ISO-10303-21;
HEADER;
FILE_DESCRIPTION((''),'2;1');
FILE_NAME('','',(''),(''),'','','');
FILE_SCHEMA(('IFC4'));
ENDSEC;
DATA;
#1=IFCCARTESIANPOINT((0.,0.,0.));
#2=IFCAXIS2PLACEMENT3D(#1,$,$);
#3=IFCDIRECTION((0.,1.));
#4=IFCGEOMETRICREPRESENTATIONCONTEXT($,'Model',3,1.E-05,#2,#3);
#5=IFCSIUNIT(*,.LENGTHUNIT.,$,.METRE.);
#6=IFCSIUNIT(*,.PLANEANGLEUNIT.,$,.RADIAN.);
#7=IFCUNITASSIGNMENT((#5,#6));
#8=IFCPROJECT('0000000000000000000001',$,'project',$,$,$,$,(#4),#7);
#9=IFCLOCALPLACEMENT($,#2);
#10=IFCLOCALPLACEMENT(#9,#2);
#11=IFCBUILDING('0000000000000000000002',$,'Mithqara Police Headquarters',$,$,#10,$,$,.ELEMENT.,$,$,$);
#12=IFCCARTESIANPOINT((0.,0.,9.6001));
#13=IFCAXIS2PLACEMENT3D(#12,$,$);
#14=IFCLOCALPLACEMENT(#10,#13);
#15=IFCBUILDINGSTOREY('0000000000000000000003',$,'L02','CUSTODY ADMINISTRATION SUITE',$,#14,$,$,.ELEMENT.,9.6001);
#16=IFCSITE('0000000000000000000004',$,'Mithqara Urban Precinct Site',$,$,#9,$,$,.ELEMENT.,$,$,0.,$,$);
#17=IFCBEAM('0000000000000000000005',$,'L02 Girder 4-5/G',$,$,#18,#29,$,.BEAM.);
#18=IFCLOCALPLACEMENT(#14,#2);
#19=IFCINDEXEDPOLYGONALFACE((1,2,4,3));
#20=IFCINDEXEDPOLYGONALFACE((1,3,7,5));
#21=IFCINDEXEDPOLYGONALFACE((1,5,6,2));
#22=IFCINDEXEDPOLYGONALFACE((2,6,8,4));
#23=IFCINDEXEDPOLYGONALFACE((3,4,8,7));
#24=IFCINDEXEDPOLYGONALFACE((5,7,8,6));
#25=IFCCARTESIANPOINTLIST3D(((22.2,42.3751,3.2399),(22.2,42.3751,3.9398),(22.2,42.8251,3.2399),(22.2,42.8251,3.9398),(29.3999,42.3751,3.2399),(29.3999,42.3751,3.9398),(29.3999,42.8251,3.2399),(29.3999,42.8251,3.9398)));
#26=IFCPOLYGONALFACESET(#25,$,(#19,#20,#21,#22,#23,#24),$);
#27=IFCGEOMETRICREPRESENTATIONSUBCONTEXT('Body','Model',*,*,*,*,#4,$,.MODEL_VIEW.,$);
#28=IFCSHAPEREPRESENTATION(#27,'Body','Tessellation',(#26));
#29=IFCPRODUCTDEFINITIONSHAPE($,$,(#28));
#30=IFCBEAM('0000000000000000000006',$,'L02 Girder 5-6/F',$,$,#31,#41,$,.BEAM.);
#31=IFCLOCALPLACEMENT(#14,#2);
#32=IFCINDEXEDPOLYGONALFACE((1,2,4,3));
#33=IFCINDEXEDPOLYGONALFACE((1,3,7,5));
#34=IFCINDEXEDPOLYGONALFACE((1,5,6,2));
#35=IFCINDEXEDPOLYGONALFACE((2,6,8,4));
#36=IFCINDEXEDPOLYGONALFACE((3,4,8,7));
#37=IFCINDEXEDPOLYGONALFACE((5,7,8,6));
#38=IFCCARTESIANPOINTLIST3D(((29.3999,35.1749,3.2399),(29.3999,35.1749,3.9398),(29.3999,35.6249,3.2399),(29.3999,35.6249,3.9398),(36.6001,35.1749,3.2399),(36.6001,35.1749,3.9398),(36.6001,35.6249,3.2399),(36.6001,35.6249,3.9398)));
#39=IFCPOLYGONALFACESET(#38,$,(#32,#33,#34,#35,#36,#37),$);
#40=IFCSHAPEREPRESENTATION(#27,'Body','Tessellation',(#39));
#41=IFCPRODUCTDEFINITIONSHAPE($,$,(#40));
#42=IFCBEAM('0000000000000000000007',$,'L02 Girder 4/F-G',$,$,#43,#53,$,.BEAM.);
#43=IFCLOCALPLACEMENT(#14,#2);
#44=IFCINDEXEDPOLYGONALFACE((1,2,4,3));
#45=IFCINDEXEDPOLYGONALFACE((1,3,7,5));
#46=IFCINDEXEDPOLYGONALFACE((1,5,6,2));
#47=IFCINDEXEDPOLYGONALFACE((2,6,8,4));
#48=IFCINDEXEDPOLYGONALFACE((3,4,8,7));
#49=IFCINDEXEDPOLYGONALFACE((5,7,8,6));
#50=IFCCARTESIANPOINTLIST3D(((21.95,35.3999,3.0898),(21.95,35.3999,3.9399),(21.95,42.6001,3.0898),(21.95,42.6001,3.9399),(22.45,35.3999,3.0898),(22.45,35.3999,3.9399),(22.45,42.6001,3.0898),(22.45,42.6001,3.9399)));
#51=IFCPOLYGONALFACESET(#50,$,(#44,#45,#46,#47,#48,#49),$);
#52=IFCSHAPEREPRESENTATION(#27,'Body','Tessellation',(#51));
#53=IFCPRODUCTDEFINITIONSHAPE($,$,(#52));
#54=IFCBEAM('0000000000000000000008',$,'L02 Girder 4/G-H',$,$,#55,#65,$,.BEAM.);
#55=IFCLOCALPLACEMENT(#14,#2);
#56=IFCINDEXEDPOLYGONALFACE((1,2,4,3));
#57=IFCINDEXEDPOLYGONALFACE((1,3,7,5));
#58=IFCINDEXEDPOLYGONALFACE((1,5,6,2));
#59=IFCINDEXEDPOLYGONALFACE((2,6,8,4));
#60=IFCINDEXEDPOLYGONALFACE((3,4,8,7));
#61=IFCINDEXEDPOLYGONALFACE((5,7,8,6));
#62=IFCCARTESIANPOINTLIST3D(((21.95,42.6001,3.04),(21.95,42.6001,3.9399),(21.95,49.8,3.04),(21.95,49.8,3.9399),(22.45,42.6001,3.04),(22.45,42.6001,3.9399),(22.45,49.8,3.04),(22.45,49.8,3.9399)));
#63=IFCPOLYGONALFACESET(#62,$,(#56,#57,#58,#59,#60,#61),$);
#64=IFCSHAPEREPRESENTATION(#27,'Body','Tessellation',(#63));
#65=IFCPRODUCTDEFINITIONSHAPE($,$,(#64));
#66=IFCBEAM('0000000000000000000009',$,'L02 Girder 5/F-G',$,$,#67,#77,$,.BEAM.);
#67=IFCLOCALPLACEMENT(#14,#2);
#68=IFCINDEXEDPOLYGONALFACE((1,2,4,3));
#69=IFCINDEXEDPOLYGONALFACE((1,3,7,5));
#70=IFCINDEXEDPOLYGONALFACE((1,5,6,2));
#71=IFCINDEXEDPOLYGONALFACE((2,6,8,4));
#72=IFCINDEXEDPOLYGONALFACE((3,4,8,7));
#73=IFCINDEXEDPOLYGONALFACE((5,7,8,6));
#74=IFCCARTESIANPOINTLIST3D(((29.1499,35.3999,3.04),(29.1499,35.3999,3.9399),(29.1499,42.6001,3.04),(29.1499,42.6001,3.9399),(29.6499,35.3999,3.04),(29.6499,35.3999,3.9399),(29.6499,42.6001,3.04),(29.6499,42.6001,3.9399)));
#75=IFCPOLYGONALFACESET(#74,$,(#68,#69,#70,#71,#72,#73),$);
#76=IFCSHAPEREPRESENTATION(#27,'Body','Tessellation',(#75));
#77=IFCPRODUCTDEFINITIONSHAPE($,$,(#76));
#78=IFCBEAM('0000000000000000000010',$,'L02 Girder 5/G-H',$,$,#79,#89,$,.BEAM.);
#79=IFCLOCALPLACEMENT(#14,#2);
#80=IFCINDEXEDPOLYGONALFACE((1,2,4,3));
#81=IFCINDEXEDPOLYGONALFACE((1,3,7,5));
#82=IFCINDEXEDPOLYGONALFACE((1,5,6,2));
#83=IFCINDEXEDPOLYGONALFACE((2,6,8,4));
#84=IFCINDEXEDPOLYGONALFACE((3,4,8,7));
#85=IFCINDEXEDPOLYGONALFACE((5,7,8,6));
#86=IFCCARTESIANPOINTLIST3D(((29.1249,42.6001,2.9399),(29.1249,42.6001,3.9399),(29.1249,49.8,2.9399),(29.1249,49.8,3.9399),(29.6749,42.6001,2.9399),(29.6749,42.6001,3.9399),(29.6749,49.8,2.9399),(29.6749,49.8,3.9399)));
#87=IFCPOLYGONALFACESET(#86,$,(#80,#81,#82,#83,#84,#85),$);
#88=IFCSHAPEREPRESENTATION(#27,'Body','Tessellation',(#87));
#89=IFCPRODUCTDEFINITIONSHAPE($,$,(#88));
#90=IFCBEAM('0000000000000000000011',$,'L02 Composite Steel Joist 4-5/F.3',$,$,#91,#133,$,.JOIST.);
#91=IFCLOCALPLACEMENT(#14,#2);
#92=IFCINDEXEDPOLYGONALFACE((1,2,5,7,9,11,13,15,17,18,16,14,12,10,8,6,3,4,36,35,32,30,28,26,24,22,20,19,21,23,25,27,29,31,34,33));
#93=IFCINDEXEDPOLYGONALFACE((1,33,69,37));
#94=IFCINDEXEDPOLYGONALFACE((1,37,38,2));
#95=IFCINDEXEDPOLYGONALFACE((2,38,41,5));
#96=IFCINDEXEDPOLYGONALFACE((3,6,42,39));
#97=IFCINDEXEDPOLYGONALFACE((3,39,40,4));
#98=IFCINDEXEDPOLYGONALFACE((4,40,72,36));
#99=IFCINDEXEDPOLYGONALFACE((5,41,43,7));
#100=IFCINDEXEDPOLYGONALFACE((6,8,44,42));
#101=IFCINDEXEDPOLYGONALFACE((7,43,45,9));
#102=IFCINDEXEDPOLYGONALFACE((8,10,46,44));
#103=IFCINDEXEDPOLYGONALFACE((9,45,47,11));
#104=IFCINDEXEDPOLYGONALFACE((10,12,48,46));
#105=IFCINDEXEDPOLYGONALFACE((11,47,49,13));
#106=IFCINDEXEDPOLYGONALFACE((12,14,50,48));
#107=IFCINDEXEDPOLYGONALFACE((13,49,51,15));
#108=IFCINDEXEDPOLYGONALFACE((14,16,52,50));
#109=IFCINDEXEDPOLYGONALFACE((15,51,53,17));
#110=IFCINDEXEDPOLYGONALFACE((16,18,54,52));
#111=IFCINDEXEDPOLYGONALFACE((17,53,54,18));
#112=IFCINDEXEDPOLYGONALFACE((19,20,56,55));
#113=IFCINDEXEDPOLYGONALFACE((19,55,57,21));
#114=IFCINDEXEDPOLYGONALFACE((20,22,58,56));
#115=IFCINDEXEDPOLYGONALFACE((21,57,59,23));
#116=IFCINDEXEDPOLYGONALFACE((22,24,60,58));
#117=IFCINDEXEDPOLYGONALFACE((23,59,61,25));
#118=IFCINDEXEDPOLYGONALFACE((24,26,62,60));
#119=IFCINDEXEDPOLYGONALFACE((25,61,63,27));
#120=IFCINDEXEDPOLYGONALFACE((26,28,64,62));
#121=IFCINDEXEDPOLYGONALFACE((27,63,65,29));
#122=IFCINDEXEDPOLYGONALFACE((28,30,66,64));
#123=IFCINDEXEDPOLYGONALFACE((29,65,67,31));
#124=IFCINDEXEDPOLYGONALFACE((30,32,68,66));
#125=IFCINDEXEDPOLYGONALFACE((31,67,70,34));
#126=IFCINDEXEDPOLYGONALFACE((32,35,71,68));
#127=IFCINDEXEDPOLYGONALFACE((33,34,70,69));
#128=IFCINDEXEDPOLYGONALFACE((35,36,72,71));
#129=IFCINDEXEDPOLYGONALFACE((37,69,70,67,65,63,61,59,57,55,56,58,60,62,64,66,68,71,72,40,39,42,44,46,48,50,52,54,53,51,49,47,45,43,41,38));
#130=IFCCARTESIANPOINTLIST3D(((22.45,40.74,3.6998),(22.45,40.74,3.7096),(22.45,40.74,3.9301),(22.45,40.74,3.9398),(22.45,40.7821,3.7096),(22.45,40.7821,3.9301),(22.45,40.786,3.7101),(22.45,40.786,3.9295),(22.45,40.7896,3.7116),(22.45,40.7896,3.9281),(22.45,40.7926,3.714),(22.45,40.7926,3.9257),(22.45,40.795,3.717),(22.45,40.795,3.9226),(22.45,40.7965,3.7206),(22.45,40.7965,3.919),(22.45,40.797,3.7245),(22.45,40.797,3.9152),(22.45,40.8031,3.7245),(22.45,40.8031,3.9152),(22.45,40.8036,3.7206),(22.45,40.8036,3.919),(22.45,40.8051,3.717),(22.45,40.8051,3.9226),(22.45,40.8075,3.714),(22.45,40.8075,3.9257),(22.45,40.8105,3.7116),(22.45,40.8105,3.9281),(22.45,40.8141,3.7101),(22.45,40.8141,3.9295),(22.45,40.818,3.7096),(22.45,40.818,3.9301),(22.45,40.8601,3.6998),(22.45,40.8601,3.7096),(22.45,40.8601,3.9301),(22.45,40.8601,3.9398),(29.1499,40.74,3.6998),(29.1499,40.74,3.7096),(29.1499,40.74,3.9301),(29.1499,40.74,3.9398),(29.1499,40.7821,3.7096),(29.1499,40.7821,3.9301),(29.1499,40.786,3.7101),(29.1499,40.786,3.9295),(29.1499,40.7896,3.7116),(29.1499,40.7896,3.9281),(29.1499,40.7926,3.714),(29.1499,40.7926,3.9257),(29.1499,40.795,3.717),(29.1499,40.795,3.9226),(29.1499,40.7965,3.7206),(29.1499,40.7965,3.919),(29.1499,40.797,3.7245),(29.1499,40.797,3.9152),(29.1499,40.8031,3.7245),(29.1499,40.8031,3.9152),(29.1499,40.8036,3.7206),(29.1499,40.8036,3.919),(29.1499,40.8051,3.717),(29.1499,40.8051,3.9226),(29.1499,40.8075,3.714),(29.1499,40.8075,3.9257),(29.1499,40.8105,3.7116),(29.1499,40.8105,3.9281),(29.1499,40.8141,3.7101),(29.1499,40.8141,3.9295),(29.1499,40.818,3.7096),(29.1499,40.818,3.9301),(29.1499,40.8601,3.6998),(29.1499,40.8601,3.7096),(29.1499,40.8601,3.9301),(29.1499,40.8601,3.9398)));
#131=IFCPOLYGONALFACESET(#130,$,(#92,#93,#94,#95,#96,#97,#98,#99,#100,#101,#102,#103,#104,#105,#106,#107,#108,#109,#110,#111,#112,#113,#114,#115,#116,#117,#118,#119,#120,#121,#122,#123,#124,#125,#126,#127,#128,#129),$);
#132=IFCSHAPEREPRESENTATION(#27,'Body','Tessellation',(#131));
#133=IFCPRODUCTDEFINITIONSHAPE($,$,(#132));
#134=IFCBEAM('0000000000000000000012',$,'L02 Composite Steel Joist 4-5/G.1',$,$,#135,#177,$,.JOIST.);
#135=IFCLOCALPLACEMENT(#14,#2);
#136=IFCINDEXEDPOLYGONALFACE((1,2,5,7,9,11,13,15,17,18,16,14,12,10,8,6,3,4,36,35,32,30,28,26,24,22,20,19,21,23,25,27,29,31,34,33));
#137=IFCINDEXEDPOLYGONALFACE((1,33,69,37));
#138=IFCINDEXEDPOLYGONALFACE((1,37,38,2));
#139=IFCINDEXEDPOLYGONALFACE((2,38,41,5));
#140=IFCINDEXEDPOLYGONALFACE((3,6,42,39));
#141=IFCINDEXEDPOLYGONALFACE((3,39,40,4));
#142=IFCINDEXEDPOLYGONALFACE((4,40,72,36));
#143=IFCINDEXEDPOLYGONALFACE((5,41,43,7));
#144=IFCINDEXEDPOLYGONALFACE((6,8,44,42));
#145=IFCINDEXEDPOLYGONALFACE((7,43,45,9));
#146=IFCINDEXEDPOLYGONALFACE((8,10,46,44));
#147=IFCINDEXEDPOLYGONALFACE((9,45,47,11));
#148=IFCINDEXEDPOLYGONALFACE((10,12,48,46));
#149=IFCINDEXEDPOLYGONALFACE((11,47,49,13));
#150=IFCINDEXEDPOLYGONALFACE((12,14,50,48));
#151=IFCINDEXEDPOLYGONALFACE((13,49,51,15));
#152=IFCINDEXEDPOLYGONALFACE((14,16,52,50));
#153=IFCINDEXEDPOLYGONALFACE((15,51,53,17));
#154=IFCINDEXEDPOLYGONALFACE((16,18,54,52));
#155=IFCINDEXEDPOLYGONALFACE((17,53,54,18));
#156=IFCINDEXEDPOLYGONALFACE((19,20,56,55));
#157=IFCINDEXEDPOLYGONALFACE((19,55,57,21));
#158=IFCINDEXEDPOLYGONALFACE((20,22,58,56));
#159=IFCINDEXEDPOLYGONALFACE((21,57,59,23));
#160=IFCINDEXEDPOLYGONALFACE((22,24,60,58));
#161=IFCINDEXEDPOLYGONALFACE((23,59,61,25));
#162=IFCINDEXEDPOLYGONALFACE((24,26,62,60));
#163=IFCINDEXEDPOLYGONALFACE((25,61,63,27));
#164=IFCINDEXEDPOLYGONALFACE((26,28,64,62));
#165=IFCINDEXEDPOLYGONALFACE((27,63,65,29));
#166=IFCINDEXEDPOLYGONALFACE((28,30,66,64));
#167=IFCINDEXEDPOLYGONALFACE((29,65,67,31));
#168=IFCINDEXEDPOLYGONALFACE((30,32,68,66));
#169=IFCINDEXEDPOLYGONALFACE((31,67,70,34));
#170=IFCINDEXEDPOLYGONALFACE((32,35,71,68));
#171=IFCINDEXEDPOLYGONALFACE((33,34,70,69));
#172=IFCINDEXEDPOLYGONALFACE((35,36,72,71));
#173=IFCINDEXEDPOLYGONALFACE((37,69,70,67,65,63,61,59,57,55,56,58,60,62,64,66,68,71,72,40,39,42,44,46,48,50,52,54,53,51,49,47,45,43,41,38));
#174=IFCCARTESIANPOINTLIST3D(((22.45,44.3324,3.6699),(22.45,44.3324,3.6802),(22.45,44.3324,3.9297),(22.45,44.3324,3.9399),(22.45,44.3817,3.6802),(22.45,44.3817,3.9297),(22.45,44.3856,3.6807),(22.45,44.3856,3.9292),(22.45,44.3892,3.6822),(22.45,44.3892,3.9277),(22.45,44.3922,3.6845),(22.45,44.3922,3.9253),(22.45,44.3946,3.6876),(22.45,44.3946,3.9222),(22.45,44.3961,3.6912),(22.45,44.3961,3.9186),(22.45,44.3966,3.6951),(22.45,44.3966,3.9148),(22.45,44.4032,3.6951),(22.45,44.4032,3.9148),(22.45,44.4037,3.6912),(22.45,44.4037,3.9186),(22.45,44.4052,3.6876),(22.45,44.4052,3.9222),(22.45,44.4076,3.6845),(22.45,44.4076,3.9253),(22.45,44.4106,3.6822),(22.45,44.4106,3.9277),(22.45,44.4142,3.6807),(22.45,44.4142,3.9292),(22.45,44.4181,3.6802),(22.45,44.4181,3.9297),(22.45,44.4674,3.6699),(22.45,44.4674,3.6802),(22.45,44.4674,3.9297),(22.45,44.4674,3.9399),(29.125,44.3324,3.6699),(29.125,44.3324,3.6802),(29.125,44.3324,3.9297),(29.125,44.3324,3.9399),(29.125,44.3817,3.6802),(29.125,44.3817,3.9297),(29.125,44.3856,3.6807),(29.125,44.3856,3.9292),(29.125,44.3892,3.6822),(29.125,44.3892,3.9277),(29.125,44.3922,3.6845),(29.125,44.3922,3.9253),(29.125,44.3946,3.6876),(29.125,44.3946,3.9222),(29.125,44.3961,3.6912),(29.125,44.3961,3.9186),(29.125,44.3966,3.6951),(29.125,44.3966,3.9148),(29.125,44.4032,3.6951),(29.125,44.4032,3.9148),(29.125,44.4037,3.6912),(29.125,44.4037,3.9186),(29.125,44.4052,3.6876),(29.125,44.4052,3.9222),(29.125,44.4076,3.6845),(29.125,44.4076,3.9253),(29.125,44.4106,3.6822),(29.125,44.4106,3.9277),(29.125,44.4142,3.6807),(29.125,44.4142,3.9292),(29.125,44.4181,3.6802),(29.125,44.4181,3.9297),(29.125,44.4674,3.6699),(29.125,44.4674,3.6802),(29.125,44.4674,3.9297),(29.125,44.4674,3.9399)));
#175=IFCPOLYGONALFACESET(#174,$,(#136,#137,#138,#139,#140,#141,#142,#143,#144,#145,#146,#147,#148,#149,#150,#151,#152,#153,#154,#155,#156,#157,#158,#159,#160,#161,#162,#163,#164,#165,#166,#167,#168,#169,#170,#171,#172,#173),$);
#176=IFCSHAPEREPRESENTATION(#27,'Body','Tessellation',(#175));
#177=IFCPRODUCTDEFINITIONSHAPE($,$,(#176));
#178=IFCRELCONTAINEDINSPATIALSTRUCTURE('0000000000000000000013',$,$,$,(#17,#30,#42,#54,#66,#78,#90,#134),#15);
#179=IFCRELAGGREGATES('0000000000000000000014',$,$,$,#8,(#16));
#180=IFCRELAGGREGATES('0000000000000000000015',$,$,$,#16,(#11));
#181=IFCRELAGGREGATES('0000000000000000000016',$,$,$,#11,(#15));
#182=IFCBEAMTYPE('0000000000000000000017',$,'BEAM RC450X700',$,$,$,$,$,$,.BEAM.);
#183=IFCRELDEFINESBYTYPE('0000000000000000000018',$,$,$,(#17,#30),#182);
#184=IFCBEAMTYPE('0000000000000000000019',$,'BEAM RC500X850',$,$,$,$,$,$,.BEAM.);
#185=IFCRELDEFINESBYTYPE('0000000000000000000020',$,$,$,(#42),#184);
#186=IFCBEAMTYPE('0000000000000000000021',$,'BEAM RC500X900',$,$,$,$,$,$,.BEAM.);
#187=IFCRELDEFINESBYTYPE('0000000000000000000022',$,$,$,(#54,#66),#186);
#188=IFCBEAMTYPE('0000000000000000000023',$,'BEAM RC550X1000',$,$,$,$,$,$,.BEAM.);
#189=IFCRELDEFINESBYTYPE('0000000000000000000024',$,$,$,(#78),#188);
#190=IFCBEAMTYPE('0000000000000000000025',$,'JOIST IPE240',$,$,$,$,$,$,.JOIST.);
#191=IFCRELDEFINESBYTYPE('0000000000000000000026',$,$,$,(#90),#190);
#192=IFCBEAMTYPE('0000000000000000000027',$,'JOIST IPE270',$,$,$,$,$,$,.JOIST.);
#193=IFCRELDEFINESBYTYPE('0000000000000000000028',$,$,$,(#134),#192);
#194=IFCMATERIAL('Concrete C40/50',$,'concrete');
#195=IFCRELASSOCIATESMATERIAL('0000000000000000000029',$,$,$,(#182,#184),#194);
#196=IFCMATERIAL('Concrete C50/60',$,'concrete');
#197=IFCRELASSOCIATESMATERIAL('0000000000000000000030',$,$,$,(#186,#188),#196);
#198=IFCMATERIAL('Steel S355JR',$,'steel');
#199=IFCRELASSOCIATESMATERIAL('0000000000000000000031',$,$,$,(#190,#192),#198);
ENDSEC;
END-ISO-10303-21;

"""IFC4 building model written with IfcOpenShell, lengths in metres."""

from ifc_helpers import new_model, si_unit, direction, frame, origin, origin_2d, place, context, subcontext, project, spatial, rectangle, i_section, extrude, material, material_profile, profile_set, type_object, element, save


model = new_model("IFC4")

# Units and contexts
model_context = context("Model", 3, precision=1e-05, world=origin(), true_north=direction((0.0, 1.0)))
body_context = subcontext(model_context, "Body", "Model", "MODEL_VIEW")
ifc_project = project(units=[si_unit("LENGTHUNIT", "METRE"), si_unit("PLANEANGLEUNIT", "RADIAN")], contexts=[model_context])

# Site, building, storey
site_placement = place(None, origin())
site = spatial("IfcSite", under=ifc_project, at=site_placement, Name="Mithqara Urban Precinct Site", CompositionType="ELEMENT", RefElevation=0.0)
building_placement = place(site_placement, origin())
building = spatial("IfcBuilding", under=site, at=building_placement, Name="Mithqara Police Headquarters", CompositionType="ELEMENT")
storey_placement = place(building_placement, frame((0.0, 0.0, 9.6001)))
storey = spatial("IfcBuildingStorey", under=building, at=storey_placement, Name="L02", Description="CUSTODY ADMINISTRATION SUITE", CompositionType="ELEMENT", Elevation=9.6001)

# Shared definitions
ifc_material_1 = material(Name="Concrete C50/60", Category="concrete")

# Beams
ifc_material_2 = material(Name="Steel S355JR", Category="steel")
ifc_material_3 = material(Name="Concrete C40/50", Category="concrete")
ifc_material_profile_1 = material_profile(ifc_material_3, rectangle(XDim=0.45, YDim=0.7, at=origin_2d()), Name="RC 450x700")
ifc_profile_set_1 = profile_set([ifc_material_profile_1], Name="Concrete C40/50")
beam_type_1 = type_object("IfcBeamType", Name="BEAM RC450X700", PredefinedType="BEAM", material=ifc_profile_set_1)
beam_1_placement = place(storey_placement, frame((22.2, 42.6001, 3.5898), z_axis=(1.0, 0.0, 0.0), x_axis=(0.0, 1.0, 0.0)))
element("IfcBeam", 1, at=beam_1_placement, inside=storey, type_object=beam_type_1, Name="L02 Girder 4-5/G", PredefinedType="BEAM", context=body_context, shape_type="SweptSolid", body=[
    extrude(rectangle(XDim=0.45, YDim=0.7, at=origin_2d()), origin(), (0.0, 0.0, 1.0), 7.2),
])
beam_2_placement = place(storey_placement, frame((29.3999, 35.3999, 3.5898), z_axis=(1.0, 0.0, 0.0), x_axis=(0.0, 1.0, 0.0)))
element("IfcBeam", 2, at=beam_2_placement, inside=storey, type_object=beam_type_1, Name="L02 Girder 5-6/F", PredefinedType="BEAM", context=body_context, shape_type="SweptSolid", body=[
    extrude(rectangle(XDim=0.45, YDim=0.7, at=origin_2d()), origin(), (0.0, 0.0, 1.0), 7.2002),
])
ifc_material_profile_2 = material_profile(ifc_material_3, rectangle(XDim=0.5, YDim=0.8501, at=origin_2d()), Name="RC 500x850")
ifc_profile_set_2 = profile_set([ifc_material_profile_2], Name="Concrete C40/50")
beam_type_2 = type_object("IfcBeamType", Name="BEAM RC500X850", PredefinedType="BEAM", material=ifc_profile_set_2)
beam_3_placement = place(storey_placement, frame((22.2, 35.3999, 3.5149), z_axis=(0.0, 1.0, 0.0), x_axis=(-1.0, 0.0, 0.0)))
element("IfcBeam", 3, at=beam_3_placement, inside=storey, type_object=beam_type_2, Name="L02 Girder 4/F-G", PredefinedType="BEAM", context=body_context, shape_type="SweptSolid", body=[
    extrude(rectangle(XDim=0.5, YDim=0.8501, at=origin_2d()), origin(), (0.0, 0.0, 1.0), 7.2002),
])
ifc_material_profile_3 = material_profile(ifc_material_1, rectangle(XDim=0.5, YDim=0.8999, at=origin_2d()), Name="RC 500x900")
ifc_profile_set_3 = profile_set([ifc_material_profile_3], Name="Concrete C50/60")
beam_type_3 = type_object("IfcBeamType", Name="BEAM RC500X900", PredefinedType="BEAM", material=ifc_profile_set_3)
beam_4_placement = place(storey_placement, frame((22.2, 42.6001, 3.49), z_axis=(0.0, 1.0, 0.0), x_axis=(-1.0, 0.0, 0.0)))
element("IfcBeam", 4, at=beam_4_placement, inside=storey, type_object=beam_type_3, Name="L02 Girder 4/G-H", PredefinedType="BEAM", context=body_context, shape_type="SweptSolid", body=[
    extrude(rectangle(XDim=0.5, YDim=0.8999, at=origin_2d()), origin(), (0.0, 0.0, 1.0), 7.2),
])
beam_5_placement = place(storey_placement, frame((29.3999, 35.3999, 3.49), z_axis=(0.0, 1.0, 0.0), x_axis=(-1.0, 0.0, 0.0)))
element("IfcBeam", 5, at=beam_5_placement, inside=storey, type_object=beam_type_3, Name="L02 Girder 5/F-G", PredefinedType="BEAM", context=body_context, shape_type="SweptSolid", body=[
    extrude(rectangle(XDim=0.5, YDim=0.8999, at=origin_2d()), origin(), (0.0, 0.0, 1.0), 7.2002),
])
ifc_material_profile_4 = material_profile(ifc_material_1, rectangle(XDim=0.55, YDim=1.0, at=origin_2d()), Name="RC 550x1000")
ifc_profile_set_4 = profile_set([ifc_material_profile_4], Name="Concrete C50/60")
beam_type_4 = type_object("IfcBeamType", Name="BEAM RC550X1000", PredefinedType="BEAM", material=ifc_profile_set_4)
beam_6_placement = place(storey_placement, frame((29.3999, 42.6001, 3.4399), z_axis=(0.0, 1.0, 0.0), x_axis=(-1.0, 0.0, 0.0)))
element("IfcBeam", 6, at=beam_6_placement, inside=storey, type_object=beam_type_4, Name="L02 Girder 5/G-H", PredefinedType="BEAM", context=body_context, shape_type="SweptSolid", body=[
    extrude(rectangle(XDim=0.55, YDim=1.0, at=origin_2d()), origin(), (0.0, 0.0, 1.0), 7.2),
])
ifc_material_profile_5 = material_profile(ifc_material_2, i_section(OverallWidth=0.1201, OverallDepth=0.24, WebThickness=0.0061, FlangeThickness=0.0098, FilletRadius=0.0149, at=origin_2d()), Name="IPE 240")
ifc_profile_set_5 = profile_set([ifc_material_profile_5], Name="Steel S355JR")
beam_type_5 = type_object("IfcBeamType", Name="JOIST IPE240", PredefinedType="JOIST", material=ifc_profile_set_5)
beam_7_placement = place(storey_placement, frame((22.45, 40.8, 3.8198), z_axis=(1.0, 0.0, 0.0), x_axis=(0.0, 1.0, 0.0)))
element("IfcBeam", 7, at=beam_7_placement, inside=storey, type_object=beam_type_5, Name="L02 Composite Steel Joist 4-5/F.3", PredefinedType="JOIST", context=body_context, shape_type="SweptSolid", body=[
    extrude(i_section(OverallWidth=0.1201, OverallDepth=0.24, WebThickness=0.0061, FlangeThickness=0.0098, FilletRadius=0.0149, at=origin_2d()), origin(), (0.0, 0.0, 1.0), 6.7),
])
ifc_material_profile_6 = material_profile(ifc_material_2, i_section(OverallWidth=0.135, OverallDepth=0.27, WebThickness=0.0066, FlangeThickness=0.0103, FilletRadius=0.0149, at=origin_2d()), Name="IPE 270")
ifc_profile_set_6 = profile_set([ifc_material_profile_6], Name="Steel S355JR")
beam_type_6 = type_object("IfcBeamType", Name="JOIST IPE270", PredefinedType="JOIST", material=ifc_profile_set_6)
beam_8_placement = place(storey_placement, frame((22.45, 44.3999, 3.8049), z_axis=(1.0, 0.0, 0.0), x_axis=(0.0, 1.0, 0.0)))
element("IfcBeam", 8, at=beam_8_placement, inside=storey, type_object=beam_type_6, Name="L02 Composite Steel Joist 4-5/G.1", PredefinedType="JOIST", context=body_context, shape_type="SweptSolid", body=[
    extrude(i_section(OverallWidth=0.135, OverallDepth=0.27, WebThickness=0.0066, FlangeThickness=0.0103, FilletRadius=0.0149, at=origin_2d()), origin(), (0.0, 0.0, 1.0), 6.675),
])

save(model, "model.ifc")
